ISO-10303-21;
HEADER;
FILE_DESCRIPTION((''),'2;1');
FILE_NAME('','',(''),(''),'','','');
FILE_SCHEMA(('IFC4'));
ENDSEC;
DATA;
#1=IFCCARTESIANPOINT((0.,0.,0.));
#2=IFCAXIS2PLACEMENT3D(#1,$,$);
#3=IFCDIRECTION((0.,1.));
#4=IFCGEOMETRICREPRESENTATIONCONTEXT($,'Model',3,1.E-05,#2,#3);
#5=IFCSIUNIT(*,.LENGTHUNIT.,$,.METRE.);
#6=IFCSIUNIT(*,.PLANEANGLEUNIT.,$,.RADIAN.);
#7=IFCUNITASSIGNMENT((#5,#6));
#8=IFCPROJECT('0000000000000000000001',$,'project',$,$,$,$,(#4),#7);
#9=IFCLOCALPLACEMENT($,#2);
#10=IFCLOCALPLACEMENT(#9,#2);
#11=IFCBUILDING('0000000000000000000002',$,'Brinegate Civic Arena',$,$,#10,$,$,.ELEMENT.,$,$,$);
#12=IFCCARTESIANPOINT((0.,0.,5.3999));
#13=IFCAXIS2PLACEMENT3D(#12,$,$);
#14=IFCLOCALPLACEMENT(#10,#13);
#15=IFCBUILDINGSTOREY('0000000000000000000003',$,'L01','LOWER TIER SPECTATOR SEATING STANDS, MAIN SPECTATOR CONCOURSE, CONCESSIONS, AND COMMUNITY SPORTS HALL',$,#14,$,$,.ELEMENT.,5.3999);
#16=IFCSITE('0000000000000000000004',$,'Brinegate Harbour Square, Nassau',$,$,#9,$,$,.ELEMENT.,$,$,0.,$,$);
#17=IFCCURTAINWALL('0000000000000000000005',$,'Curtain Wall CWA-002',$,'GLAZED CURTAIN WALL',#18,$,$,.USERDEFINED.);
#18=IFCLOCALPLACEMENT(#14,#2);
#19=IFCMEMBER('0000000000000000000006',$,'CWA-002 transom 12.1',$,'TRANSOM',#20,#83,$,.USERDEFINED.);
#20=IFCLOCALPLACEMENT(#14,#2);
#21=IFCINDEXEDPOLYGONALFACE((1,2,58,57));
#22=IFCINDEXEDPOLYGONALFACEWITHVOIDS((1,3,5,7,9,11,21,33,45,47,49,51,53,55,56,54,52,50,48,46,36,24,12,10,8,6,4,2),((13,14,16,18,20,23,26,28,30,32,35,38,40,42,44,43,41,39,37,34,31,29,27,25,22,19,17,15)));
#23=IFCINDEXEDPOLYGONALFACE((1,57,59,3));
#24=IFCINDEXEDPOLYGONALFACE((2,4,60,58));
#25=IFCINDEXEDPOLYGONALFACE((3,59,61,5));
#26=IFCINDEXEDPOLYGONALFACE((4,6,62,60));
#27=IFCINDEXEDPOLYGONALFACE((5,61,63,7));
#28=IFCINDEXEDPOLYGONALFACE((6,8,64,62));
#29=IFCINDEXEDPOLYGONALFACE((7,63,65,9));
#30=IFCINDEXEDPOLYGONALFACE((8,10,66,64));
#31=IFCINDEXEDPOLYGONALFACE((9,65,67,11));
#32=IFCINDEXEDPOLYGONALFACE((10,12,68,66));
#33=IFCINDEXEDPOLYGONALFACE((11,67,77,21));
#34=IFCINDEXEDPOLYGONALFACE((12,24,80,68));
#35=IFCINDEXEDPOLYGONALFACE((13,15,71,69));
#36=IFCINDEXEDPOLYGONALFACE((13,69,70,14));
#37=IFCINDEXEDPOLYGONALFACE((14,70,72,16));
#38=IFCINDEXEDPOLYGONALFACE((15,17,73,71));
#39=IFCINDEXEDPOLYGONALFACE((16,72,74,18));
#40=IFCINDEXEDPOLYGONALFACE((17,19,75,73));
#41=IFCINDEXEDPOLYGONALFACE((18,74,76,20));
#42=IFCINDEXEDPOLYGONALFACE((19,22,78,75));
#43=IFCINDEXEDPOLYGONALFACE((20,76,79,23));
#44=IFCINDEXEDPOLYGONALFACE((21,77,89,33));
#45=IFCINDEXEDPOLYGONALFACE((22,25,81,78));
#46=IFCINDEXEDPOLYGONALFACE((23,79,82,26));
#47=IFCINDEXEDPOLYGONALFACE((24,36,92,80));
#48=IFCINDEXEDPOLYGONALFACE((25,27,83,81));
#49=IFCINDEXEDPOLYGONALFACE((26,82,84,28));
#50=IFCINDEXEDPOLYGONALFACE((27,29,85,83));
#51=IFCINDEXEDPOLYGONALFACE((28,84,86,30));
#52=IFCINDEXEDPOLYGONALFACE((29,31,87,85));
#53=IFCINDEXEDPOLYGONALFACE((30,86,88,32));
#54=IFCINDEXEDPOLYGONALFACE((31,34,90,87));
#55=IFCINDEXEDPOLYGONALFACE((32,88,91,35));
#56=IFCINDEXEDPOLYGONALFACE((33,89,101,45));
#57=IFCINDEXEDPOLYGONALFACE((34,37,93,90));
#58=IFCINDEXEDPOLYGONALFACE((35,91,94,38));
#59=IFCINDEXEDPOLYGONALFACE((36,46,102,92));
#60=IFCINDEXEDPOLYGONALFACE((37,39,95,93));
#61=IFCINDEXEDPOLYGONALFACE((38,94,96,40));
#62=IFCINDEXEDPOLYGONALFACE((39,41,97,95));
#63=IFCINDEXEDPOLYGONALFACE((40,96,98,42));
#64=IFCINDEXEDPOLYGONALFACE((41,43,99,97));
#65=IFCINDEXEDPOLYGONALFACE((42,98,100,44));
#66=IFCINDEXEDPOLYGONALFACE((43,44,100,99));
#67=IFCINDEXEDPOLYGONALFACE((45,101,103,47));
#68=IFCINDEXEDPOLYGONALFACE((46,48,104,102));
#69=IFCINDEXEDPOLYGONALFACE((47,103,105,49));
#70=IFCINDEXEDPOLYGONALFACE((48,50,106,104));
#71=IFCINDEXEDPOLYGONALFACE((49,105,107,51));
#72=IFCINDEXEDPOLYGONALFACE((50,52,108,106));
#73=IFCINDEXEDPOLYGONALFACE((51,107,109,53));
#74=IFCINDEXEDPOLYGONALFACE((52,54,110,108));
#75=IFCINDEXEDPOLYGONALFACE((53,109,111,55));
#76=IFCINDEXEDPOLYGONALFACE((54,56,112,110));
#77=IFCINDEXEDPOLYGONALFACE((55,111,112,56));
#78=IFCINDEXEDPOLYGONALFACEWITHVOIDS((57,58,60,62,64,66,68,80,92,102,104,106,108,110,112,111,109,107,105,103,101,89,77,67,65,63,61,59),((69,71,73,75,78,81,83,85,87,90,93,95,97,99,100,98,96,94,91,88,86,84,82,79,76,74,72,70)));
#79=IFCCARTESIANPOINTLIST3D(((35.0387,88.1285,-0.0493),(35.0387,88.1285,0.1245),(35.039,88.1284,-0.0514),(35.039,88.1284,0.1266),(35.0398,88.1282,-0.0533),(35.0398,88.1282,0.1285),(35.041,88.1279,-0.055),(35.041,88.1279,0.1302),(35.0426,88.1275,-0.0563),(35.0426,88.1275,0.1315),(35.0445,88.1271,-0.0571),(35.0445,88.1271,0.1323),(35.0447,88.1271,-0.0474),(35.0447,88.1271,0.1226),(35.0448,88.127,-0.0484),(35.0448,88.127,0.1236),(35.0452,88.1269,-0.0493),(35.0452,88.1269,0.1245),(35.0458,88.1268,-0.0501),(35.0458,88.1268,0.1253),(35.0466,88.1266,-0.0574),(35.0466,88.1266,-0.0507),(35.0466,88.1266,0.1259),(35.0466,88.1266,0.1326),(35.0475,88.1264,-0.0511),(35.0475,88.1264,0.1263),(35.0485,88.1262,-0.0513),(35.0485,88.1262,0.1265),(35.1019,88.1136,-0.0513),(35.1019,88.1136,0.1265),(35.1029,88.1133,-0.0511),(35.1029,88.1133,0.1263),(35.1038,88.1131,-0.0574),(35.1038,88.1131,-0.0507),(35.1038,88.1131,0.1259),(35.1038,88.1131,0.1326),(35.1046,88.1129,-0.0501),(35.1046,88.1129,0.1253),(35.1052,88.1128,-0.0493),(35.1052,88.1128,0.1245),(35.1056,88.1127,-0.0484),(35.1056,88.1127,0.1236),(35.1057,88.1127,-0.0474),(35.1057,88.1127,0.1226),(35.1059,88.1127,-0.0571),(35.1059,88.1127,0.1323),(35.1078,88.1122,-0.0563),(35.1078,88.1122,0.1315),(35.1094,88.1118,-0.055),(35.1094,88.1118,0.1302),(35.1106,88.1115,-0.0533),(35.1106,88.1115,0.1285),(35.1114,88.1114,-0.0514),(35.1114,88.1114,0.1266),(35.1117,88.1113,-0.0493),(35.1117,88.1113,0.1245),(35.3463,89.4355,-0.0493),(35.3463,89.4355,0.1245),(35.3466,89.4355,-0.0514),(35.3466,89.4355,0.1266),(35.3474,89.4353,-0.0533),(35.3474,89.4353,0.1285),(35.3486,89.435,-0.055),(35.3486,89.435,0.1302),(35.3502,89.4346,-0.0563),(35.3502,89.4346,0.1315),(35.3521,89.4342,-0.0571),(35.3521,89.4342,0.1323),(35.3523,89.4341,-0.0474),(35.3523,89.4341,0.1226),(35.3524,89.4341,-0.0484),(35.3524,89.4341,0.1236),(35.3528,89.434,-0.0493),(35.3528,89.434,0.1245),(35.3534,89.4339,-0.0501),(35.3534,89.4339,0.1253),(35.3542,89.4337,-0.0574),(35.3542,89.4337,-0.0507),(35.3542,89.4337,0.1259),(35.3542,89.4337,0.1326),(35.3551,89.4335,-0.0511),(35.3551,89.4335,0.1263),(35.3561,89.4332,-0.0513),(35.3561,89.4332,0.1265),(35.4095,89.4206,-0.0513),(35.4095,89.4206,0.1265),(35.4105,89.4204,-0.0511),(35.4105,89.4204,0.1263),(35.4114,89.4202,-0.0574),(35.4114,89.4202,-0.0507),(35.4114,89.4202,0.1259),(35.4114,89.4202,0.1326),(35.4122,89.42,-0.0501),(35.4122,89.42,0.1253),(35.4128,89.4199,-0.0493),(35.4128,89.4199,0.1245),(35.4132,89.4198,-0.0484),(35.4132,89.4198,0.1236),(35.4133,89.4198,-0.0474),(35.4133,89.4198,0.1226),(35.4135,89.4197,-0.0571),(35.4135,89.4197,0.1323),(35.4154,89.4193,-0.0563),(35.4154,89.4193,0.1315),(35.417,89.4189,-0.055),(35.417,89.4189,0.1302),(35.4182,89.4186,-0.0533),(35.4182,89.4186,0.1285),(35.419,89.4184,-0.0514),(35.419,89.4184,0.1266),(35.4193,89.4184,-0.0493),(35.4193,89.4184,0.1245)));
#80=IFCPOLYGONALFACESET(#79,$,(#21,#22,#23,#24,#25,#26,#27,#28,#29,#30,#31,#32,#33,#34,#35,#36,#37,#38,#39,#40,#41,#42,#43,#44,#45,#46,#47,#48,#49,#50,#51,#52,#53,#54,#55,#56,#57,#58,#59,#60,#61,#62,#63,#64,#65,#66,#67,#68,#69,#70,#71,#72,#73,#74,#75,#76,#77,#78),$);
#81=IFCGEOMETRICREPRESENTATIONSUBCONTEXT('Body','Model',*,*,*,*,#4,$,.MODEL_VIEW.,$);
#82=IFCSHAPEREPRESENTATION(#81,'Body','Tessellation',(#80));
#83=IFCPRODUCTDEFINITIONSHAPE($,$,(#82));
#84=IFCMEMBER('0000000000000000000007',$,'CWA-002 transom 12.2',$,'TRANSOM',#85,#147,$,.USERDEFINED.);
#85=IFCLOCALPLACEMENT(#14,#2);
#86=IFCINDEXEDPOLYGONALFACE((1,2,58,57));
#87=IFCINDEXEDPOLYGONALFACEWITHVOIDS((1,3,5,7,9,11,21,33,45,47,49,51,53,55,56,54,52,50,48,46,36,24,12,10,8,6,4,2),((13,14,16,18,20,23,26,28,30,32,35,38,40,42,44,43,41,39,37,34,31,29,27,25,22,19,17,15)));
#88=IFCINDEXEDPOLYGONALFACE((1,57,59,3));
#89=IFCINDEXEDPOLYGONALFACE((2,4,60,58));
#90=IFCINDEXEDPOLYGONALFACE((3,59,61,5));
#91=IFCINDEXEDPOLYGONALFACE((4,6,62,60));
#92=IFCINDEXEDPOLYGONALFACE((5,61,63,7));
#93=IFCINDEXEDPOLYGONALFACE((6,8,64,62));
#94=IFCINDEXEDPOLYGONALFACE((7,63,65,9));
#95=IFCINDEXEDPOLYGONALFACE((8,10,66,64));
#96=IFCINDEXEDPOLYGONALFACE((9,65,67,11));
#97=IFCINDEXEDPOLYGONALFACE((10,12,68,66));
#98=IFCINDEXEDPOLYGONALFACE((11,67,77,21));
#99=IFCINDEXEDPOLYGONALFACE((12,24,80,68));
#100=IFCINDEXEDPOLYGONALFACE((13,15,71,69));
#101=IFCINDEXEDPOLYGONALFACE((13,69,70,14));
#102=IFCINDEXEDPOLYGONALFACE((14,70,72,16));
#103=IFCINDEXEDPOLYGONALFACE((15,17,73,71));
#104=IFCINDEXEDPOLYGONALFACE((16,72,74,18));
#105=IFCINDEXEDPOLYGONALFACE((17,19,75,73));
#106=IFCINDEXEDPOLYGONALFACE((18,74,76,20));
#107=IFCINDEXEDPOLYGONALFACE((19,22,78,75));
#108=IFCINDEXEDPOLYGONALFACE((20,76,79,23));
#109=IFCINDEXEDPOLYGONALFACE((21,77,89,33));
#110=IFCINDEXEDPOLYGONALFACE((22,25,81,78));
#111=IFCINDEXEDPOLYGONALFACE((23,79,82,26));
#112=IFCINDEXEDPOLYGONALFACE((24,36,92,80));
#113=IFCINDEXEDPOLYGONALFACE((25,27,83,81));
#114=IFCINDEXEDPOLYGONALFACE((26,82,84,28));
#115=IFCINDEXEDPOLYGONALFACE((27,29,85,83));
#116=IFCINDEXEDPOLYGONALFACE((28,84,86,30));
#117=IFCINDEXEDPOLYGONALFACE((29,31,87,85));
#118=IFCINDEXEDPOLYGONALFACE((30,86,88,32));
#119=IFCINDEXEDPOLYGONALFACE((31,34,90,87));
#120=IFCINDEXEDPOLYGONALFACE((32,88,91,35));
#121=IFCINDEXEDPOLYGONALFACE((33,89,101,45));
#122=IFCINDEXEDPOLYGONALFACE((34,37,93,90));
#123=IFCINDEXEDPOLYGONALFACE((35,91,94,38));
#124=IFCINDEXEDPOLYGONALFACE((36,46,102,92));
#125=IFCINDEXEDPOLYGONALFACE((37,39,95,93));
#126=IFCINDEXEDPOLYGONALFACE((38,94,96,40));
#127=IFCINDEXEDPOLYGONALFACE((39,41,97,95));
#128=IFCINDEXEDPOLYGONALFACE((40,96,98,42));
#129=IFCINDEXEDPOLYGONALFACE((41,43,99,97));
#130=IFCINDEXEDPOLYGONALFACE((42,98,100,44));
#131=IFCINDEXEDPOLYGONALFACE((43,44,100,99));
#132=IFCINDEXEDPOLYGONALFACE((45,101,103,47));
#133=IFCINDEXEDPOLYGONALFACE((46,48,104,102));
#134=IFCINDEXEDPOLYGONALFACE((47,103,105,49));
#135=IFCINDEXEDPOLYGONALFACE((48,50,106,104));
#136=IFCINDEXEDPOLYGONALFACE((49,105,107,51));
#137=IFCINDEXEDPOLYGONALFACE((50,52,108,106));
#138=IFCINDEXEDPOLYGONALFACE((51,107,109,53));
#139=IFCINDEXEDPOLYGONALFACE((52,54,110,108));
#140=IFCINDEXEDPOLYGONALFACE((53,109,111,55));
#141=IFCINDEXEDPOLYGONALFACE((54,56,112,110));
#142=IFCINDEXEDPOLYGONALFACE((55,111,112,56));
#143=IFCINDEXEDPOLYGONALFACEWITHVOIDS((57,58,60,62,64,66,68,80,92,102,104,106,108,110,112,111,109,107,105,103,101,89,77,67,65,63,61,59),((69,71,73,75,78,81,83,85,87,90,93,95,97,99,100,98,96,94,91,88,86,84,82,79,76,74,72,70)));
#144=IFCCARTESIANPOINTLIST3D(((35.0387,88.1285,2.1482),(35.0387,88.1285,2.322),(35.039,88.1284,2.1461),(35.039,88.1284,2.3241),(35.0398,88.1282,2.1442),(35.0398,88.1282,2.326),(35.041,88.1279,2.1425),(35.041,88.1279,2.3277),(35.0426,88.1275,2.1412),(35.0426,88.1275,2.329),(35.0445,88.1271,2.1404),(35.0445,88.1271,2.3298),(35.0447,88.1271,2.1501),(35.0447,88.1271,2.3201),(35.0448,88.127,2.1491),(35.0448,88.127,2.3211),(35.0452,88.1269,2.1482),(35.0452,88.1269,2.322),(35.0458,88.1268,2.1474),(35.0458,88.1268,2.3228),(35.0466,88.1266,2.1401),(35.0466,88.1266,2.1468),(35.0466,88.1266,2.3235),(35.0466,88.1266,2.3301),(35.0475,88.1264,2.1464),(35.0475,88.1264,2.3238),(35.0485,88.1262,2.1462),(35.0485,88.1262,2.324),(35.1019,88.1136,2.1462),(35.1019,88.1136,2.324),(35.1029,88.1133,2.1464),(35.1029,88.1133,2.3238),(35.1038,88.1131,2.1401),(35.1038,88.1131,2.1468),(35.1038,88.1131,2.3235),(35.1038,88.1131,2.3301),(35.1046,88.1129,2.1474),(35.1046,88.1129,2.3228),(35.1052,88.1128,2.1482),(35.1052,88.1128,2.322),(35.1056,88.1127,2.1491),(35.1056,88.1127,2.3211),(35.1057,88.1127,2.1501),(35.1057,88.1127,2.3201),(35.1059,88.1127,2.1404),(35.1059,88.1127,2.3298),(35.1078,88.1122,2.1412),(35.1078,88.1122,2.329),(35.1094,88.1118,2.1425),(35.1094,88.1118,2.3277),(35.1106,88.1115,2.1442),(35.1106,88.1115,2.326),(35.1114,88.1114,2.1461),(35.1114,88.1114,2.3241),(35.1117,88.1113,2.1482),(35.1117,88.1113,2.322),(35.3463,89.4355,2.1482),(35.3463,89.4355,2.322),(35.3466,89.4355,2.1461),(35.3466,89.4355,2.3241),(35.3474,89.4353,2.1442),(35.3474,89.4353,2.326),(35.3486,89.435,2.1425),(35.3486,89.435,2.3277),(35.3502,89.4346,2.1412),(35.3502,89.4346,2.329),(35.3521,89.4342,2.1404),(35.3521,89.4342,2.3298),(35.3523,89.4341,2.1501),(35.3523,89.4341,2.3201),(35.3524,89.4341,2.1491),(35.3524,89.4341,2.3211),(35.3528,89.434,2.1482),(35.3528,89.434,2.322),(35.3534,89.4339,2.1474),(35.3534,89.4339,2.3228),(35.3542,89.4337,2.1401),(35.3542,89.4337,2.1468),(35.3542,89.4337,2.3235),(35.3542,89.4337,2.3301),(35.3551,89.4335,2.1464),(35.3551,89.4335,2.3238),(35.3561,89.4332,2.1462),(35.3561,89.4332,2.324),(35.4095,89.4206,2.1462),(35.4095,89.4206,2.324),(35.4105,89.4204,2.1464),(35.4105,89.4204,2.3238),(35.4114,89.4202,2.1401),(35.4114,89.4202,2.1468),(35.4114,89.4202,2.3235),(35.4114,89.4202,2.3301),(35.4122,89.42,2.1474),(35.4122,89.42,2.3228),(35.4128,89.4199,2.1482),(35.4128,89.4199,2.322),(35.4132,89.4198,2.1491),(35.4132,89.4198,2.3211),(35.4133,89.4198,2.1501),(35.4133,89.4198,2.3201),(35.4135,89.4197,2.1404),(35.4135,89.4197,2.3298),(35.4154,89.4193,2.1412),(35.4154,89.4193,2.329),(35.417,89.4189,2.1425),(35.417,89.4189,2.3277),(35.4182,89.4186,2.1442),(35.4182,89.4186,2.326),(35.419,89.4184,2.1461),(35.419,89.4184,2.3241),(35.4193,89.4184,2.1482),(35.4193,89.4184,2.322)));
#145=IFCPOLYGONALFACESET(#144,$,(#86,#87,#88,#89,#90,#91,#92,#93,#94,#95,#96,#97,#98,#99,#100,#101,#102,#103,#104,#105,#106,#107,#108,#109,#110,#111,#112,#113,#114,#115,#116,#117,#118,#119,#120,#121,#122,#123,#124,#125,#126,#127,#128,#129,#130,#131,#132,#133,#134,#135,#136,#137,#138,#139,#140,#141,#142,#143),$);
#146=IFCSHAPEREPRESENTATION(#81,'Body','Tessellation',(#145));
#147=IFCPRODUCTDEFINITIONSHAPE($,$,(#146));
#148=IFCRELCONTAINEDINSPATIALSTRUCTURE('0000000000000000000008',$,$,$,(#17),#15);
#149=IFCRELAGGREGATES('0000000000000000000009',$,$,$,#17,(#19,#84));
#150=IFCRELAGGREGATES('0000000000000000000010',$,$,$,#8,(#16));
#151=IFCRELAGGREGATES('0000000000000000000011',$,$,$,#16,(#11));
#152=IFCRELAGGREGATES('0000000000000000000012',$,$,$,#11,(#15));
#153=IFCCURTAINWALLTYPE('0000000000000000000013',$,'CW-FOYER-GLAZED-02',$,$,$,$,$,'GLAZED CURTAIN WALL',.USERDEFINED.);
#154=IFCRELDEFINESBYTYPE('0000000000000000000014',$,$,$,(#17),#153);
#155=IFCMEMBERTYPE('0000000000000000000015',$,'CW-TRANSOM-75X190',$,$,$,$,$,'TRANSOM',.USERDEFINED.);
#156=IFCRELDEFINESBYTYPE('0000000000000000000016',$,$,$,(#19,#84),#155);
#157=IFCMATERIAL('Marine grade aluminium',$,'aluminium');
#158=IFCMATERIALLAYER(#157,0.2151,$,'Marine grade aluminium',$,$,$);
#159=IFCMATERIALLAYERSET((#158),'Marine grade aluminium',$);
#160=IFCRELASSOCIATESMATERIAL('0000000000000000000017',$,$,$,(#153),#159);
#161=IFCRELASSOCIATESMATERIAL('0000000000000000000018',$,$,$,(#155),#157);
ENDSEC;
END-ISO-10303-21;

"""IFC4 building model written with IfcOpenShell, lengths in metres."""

from ifc_helpers import new_model, si_unit, direction, frame, origin, origin_2d, place, context, subcontext, project, spatial, hollow_rectangle, extrude, material, layer, layer_set, material_profile, profile_set, type_object, element, aggregate, save


model = new_model("IFC4")

# Units and contexts
model_context = context("Model", 3, precision=1e-05, world=origin(), true_north=direction((0.0, 1.0)))
body_context = subcontext(model_context, "Body", "Model", "MODEL_VIEW")
ifc_project = project(units=[si_unit("LENGTHUNIT", "METRE"), si_unit("PLANEANGLEUNIT", "RADIAN")], contexts=[model_context])

# Site, building, storey
site_placement = place(None, origin())
site = spatial("IfcSite", under=ifc_project, at=site_placement, Name="Brinegate Harbour Square, Nassau", CompositionType="ELEMENT", RefElevation=0.0)
building_placement = place(site_placement, origin())
building = spatial("IfcBuilding", under=site, at=building_placement, Name="Brinegate Civic Arena", CompositionType="ELEMENT")
storey_placement = place(building_placement, frame((0.0, 0.0, 5.3999)))
storey = spatial("IfcBuildingStorey", under=building, at=storey_placement, Name="L01", Description="LOWER TIER SPECTATOR SEATING STANDS, MAIN SPECTATOR CONCOURSE, CONCESSIONS, AND COMMUNITY SPORTS HALL", CompositionType="ELEMENT", Elevation=5.3999)

# Curtain wall, members
ifc_material_1 = material(Name="Marine grade aluminium", Category="aluminium")
ifc_layer_1 = layer(ifc_material_1, 0.2151, Name="Marine grade aluminium")
ifc_layer_set_1 = layer_set([ifc_layer_1], Name="Marine grade aluminium")
curtain_wall_type = type_object("IfcCurtainWallType", Name="CW-FOYER-GLAZED-02", ElementType="GLAZED CURTAIN WALL", PredefinedType="USERDEFINED", material=ifc_layer_set_1)
curtain_wall_placement = place(storey_placement, origin())
curtain_wall = element("IfcCurtainWall", 1, at=curtain_wall_placement, inside=storey, type_object=curtain_wall_type, Name="Curtain Wall CWA-002", ObjectType="GLAZED CURTAIN WALL", PredefinedType="USERDEFINED")
ifc_material_profile_1 = material_profile(ifc_material_1, hollow_rectangle(XDim=0.075, YDim=0.1899, WallThickness=0.0061, InnerFilletRadius=0.0039, OuterFilletRadius=0.0081, at=origin_2d()), Name="TRN75X190")
ifc_profile_set_1 = profile_set([ifc_material_profile_1], Name="Marine grade aluminium")
member_type_1 = type_object("IfcMemberType", Name="CW-TRANSOM-75X190", ElementType="TRANSOM", PredefinedType="USERDEFINED", material=ifc_profile_set_1)
member_1_placement = place(storey_placement, frame((35.0752, 88.1199, 0.0376), z_axis=(0.22908, 0.973408, 0.0), x_axis=(-0.973408, 0.22908, 0.0)))
member_1 = element("IfcMember", 2, at=member_1_placement, type_object=member_type_1, Name="CWA-002 transom 12.1", ObjectType="TRANSOM", PredefinedType="USERDEFINED", context=body_context, shape_type="SweptSolid", body=[
    extrude(hollow_rectangle(XDim=0.075, YDim=0.1899, WallThickness=0.0061, InnerFilletRadius=0.0039, OuterFilletRadius=0.0081, at=origin_2d()), origin(), (0.0, 0.0, 1.0), 1.3428),
])
member_2_placement = place(storey_placement, frame((35.0752, 88.1199, 2.2351), z_axis=(0.22908, 0.973408, 0.0), x_axis=(-0.973408, 0.22908, 0.0)))
member_2 = element("IfcMember", 3, at=member_2_placement, type_object=member_type_1, Name="CWA-002 transom 12.2", ObjectType="TRANSOM", PredefinedType="USERDEFINED", context=body_context, shape_type="SweptSolid", body=[
    extrude(hollow_rectangle(XDim=0.075, YDim=0.1899, WallThickness=0.0061, InnerFilletRadius=0.0039, OuterFilletRadius=0.0081, at=origin_2d()), origin(), (0.0, 0.0, 1.0), 1.3428),
])
aggregate(curtain_wall, [member_1, member_2])

save(model, "model.ifc")
